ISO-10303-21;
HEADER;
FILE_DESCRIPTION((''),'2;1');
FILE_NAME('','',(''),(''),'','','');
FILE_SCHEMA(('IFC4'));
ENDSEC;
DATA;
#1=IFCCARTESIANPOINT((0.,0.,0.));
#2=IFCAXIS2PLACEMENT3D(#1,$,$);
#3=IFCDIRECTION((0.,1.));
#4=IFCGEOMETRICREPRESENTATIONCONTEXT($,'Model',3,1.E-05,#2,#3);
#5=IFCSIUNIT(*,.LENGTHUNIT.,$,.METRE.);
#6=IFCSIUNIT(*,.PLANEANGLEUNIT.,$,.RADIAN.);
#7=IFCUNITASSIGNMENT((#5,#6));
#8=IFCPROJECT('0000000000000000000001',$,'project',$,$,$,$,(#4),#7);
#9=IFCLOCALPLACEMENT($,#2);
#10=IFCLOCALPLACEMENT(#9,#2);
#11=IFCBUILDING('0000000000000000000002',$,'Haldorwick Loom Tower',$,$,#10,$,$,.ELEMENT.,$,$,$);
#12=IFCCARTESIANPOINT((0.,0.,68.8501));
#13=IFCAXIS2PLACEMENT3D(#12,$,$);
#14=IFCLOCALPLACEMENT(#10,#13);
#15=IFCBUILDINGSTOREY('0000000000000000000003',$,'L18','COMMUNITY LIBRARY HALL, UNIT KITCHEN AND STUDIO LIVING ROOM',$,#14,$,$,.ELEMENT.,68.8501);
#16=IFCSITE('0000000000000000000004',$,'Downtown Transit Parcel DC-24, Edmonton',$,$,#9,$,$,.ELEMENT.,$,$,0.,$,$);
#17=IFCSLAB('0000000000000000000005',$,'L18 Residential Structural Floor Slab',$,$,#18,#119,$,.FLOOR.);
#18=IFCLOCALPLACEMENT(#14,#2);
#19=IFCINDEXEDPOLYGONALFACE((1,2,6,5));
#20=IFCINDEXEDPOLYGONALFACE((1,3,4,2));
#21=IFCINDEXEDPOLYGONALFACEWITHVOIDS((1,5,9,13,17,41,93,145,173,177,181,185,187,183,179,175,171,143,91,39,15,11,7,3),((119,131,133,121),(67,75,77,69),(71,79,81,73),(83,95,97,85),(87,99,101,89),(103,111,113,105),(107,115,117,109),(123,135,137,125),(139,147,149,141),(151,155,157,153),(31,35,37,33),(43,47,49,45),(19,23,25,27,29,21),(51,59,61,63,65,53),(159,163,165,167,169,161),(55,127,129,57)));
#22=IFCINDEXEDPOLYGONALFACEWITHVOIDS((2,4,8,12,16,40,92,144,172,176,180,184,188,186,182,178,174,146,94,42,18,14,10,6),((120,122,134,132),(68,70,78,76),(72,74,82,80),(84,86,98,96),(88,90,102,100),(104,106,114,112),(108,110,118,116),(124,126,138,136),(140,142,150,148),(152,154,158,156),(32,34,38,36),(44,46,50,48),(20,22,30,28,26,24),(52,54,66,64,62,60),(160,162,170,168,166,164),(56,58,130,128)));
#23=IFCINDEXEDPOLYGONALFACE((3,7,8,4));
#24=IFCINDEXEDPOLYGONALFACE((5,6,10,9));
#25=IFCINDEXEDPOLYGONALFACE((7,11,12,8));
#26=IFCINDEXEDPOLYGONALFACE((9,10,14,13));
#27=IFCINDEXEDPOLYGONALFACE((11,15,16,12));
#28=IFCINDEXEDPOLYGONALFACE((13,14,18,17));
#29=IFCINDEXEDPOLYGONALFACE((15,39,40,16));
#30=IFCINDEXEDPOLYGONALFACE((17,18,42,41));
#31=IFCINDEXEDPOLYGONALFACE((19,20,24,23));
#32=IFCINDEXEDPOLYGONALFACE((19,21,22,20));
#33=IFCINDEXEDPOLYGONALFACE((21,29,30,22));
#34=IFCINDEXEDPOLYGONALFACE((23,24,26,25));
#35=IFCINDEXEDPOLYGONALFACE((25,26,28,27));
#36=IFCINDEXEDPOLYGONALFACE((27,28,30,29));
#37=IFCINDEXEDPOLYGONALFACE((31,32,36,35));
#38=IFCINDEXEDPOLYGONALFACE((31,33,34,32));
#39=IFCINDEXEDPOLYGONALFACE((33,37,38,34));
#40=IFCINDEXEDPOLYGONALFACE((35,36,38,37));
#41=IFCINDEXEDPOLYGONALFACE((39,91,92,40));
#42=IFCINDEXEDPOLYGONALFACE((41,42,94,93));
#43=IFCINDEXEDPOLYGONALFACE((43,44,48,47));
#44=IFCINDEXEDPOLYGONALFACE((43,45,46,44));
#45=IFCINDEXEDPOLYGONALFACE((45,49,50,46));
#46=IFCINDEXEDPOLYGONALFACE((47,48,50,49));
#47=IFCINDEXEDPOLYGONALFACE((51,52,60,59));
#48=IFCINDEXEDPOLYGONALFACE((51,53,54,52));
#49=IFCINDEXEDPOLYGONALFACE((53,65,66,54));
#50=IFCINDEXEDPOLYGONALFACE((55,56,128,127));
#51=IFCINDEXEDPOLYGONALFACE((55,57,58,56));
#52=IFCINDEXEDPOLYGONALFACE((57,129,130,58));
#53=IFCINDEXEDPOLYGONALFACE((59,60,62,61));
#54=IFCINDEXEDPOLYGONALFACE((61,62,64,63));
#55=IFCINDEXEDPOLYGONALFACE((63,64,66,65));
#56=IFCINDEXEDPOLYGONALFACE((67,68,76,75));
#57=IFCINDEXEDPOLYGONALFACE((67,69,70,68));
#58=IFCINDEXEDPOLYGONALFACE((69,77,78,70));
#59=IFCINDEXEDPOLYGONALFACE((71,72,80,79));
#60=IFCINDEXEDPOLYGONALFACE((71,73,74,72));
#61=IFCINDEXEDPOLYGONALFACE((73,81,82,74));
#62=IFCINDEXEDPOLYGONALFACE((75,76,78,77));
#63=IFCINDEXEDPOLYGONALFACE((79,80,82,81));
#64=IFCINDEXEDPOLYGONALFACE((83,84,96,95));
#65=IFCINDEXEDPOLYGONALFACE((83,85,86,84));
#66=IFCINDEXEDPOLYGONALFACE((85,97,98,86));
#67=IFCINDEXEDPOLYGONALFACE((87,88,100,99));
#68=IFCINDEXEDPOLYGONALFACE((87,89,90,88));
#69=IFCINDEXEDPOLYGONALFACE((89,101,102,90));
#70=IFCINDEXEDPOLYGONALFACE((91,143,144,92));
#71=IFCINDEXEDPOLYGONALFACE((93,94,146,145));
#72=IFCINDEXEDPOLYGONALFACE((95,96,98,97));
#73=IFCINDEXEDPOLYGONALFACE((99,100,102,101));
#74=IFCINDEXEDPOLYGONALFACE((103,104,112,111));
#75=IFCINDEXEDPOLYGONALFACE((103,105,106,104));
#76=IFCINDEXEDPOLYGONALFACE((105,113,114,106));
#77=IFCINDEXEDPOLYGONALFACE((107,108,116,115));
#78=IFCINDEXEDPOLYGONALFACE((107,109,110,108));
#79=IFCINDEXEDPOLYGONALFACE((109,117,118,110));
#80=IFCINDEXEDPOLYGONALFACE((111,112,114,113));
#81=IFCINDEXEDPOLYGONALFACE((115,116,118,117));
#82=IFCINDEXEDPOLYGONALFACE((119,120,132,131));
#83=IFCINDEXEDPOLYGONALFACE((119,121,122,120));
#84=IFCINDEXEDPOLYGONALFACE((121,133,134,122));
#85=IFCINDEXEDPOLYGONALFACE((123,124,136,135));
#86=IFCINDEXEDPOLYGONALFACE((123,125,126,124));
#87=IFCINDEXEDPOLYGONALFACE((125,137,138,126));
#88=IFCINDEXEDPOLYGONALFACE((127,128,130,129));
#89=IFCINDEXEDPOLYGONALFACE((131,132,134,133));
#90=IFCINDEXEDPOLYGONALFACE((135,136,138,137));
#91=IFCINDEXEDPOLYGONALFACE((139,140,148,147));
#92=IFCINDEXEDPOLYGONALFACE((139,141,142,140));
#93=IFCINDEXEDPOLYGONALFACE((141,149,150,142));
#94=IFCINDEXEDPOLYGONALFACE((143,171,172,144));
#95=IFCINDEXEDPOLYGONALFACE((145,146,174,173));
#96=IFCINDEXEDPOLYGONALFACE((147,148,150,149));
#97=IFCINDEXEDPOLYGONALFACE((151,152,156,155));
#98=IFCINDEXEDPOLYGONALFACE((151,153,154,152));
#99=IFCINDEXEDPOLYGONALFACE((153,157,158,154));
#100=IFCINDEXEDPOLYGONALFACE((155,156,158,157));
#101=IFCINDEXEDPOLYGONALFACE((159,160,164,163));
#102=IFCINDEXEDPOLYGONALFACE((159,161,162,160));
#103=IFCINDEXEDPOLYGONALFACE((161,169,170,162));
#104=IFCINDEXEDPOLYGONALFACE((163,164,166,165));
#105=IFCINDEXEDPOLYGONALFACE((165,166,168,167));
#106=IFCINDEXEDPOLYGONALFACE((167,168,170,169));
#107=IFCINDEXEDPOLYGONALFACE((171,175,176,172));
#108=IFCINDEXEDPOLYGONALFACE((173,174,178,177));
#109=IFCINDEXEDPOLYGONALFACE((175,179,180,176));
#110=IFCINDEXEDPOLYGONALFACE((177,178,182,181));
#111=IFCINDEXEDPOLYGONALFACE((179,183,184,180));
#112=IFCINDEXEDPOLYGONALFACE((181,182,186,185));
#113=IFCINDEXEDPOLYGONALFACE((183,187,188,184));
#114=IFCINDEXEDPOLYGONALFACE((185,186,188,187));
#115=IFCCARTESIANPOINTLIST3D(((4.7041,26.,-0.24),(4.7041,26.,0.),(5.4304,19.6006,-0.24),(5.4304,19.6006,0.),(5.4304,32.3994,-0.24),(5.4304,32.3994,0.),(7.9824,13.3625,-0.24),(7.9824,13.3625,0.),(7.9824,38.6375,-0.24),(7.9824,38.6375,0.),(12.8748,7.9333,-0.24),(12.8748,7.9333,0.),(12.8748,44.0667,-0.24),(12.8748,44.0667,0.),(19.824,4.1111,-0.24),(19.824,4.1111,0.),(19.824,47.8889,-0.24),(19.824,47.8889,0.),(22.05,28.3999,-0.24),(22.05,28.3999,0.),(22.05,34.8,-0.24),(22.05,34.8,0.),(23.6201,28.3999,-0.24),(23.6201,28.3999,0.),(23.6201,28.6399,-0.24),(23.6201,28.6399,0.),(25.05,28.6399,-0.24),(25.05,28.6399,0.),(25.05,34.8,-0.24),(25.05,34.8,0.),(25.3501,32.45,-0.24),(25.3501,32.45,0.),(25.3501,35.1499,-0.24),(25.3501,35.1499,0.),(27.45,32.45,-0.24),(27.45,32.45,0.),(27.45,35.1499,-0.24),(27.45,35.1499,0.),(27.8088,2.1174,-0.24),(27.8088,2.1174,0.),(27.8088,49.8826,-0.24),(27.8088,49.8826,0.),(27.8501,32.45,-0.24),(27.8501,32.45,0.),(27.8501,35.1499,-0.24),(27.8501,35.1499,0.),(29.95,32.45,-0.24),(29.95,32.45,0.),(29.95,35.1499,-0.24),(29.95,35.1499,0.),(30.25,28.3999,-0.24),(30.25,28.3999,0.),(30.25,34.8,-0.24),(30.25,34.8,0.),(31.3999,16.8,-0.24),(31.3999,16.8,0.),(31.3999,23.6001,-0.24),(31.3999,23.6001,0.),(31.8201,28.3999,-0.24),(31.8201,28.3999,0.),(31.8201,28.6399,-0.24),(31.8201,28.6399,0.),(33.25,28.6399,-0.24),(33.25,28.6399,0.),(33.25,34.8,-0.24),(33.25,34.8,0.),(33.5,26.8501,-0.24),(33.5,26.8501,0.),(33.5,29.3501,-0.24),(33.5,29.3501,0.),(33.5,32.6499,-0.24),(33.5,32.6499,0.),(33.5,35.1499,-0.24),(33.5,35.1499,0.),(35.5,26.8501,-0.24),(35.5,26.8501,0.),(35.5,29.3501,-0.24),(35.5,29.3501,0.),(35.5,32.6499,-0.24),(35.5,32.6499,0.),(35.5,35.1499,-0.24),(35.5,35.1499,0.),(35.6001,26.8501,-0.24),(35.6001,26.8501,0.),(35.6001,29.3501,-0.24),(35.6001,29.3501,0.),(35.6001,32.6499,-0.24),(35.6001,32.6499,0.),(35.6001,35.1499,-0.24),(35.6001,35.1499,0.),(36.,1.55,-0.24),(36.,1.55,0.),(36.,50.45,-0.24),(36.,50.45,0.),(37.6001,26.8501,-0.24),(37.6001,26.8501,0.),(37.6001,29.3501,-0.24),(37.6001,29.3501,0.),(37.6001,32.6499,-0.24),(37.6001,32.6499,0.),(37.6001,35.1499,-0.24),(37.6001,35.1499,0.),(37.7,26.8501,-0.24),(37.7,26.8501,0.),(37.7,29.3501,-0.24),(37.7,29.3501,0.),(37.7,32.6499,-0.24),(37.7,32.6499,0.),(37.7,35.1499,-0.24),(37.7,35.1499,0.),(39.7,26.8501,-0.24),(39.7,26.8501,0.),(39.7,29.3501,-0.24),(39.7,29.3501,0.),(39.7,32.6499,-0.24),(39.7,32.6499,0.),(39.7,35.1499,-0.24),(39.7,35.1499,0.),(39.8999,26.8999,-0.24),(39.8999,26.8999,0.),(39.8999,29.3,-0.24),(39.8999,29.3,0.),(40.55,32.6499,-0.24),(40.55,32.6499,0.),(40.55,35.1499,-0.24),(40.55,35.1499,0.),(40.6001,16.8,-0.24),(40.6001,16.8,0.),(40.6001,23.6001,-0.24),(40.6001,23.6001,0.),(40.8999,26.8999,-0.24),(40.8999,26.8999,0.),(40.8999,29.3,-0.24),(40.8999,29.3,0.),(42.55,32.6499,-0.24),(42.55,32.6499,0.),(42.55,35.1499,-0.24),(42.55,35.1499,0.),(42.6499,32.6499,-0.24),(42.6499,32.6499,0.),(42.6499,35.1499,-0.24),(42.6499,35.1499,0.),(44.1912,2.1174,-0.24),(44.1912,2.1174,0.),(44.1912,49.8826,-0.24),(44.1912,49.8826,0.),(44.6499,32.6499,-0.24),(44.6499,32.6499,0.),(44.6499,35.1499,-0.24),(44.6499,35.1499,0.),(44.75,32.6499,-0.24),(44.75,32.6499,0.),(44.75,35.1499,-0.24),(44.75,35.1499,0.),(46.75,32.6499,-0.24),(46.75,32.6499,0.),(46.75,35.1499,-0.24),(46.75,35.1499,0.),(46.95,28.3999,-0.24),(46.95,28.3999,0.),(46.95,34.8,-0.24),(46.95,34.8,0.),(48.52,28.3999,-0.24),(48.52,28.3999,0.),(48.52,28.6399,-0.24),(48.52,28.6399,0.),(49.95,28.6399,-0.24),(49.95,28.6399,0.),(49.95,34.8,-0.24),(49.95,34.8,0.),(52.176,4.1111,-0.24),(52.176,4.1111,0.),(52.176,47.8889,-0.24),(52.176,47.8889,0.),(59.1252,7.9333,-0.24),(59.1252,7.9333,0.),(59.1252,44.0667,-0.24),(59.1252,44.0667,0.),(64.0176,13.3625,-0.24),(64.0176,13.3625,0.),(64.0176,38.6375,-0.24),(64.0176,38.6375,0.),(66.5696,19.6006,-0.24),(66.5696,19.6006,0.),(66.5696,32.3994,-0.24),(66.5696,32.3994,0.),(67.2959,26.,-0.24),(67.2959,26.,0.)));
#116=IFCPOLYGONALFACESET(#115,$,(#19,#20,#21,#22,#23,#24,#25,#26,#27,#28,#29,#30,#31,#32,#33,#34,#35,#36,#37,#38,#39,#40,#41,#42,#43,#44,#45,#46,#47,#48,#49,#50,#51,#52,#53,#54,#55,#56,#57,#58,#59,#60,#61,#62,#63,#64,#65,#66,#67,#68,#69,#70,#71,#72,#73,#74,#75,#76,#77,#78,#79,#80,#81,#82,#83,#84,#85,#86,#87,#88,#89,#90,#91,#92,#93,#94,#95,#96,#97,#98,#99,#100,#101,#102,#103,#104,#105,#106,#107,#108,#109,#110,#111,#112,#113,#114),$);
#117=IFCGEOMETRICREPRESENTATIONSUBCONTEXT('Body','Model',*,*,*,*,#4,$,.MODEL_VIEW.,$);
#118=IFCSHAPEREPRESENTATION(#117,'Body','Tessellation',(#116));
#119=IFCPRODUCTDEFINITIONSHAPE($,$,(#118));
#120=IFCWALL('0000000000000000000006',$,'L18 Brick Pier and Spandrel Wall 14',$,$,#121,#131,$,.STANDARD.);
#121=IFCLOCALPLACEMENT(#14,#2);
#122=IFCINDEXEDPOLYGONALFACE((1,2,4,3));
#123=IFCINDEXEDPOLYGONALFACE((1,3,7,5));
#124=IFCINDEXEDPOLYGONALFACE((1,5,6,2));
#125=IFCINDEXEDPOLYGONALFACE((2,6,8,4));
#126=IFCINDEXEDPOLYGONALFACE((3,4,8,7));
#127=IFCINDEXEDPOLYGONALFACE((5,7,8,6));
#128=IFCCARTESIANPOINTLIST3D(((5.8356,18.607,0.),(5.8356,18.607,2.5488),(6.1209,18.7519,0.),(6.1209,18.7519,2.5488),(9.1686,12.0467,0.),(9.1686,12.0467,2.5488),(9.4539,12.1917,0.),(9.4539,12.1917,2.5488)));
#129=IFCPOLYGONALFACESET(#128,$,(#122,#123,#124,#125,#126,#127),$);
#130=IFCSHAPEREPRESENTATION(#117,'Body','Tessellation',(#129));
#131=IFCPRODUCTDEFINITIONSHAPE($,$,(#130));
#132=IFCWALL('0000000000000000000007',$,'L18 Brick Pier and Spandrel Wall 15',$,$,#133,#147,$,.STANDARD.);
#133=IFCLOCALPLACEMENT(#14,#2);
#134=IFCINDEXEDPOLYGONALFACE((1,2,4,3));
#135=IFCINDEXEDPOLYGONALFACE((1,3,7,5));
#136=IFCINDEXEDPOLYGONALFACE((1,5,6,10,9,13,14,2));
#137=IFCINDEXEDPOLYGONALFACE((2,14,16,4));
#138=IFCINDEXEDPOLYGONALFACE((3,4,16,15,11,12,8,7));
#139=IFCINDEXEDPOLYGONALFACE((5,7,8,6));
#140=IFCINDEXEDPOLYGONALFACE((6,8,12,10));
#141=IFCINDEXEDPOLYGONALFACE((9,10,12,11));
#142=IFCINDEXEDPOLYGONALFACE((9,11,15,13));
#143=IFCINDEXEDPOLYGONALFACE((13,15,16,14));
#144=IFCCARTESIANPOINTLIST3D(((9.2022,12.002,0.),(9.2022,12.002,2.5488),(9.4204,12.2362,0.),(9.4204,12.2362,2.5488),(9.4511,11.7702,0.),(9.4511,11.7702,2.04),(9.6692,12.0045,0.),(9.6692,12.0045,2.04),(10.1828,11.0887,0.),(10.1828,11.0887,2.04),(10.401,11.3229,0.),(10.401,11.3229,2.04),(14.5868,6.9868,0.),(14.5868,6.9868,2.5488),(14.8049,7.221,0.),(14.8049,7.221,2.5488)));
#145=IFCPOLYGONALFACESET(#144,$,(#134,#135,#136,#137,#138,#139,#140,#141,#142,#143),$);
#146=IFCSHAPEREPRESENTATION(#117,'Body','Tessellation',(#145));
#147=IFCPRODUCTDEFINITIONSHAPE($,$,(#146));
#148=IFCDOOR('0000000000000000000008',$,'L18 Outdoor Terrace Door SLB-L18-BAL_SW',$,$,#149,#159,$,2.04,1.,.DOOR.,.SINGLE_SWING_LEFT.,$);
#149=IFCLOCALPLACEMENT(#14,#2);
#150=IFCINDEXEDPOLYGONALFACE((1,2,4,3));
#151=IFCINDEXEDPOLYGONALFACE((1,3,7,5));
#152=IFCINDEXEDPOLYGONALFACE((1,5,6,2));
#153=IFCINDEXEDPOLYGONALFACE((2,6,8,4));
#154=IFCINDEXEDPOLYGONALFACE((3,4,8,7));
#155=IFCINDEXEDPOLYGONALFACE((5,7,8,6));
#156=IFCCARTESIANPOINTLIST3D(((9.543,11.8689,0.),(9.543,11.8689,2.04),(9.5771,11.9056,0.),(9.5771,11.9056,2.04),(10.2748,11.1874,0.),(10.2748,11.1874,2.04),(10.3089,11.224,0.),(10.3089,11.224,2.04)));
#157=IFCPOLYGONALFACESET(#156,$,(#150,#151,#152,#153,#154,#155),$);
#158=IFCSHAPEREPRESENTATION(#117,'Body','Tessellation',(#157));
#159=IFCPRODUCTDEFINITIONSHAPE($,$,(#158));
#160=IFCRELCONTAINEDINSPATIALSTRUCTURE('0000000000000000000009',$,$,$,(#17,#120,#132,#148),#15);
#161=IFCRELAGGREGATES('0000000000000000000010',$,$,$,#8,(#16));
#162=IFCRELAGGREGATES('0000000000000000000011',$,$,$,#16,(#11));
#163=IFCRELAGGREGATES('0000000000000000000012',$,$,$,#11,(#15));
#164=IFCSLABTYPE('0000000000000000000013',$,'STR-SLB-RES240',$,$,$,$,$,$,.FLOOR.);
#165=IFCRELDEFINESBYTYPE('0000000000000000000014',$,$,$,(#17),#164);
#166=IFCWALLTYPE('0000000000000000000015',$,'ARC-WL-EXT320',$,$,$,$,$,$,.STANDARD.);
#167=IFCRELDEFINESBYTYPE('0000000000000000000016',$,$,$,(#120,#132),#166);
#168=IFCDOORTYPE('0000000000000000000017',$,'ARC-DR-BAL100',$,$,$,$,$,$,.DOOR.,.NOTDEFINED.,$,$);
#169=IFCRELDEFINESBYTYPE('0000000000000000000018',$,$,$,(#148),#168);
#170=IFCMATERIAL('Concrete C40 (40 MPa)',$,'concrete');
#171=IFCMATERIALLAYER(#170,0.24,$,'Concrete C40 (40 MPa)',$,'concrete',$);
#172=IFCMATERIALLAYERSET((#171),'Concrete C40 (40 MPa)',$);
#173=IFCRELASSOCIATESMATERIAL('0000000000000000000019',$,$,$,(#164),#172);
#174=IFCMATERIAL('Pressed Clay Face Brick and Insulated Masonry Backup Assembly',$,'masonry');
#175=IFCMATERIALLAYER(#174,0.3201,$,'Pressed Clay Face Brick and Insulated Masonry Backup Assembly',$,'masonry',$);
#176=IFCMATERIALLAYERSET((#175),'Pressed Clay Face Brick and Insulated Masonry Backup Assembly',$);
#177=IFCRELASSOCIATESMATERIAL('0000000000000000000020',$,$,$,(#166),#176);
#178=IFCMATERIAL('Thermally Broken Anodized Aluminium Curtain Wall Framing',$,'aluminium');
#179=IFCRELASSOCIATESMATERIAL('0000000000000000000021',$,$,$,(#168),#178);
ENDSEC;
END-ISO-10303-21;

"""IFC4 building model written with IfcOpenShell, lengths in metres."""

from ifc_helpers import new_model, si_unit, direction, frame, frame_2d, origin, place, context, subcontext, project, spatial, polyline, rectangle, outline, extrude, material, layer, layer_set, type_object, element, fill, save


model = new_model("IFC4")

# Units and contexts
model_context = context("Model", 3, precision=1e-05, world=origin(), true_north=direction((0.0, 1.0)))
body_context = subcontext(model_context, "Body", "Model", "MODEL_VIEW")
ifc_project = project(units=[si_unit("LENGTHUNIT", "METRE"), si_unit("PLANEANGLEUNIT", "RADIAN")], contexts=[model_context])

# Site, building, storey
site_placement = place(None, origin())
site = spatial("IfcSite", under=ifc_project, at=site_placement, Name="Downtown Transit Parcel DC-24, Edmonton", CompositionType="ELEMENT", RefElevation=0.0)
building_placement = place(site_placement, origin())
building = spatial("IfcBuilding", under=site, at=building_placement, Name="Haldorwick Loom Tower", CompositionType="ELEMENT")
storey_placement = place(building_placement, frame((0.0, 0.0, 68.8501)))
storey = spatial("IfcBuildingStorey", under=building, at=storey_placement, Name="L18", Description="COMMUNITY LIBRARY HALL, UNIT KITCHEN AND STUDIO LIVING ROOM", CompositionType="ELEMENT", Elevation=68.8501)

# Shared definitions
ifc_material_1 = material(Name="Concrete C40 (40 MPa)", Category="concrete")

# Slab
ifc_layer_1 = layer(ifc_material_1, 0.24, Name="Concrete C40 (40 MPa)", Category="concrete")
ifc_layer_set_1 = layer_set([ifc_layer_1], Name="Concrete C40 (40 MPa)")
slab_type_1 = type_object("IfcSlabType", Name="STR-SLB-RES240", PredefinedType="FLOOR", material=ifc_layer_set_1)
slab_1_placement = place(storey_placement, frame((0.0, 0.0, -0.24)))
element("IfcSlab", 1, at=slab_1_placement, inside=storey, type_object=slab_type_1, Name="L18 Residential Structural Floor Slab", PredefinedType="FLOOR", context=body_context, shape_type="SweptSolid", body=[
    extrude(outline(polyline([(59.1252, 7.9333), (64.0176, 13.3625), (66.5696, 19.6006), (67.2959, 26.0), (66.5696, 32.3994), (64.0176, 38.6375), (59.1252, 44.0667), (52.176, 47.8889), (44.1912, 49.8826), (36.0, 50.45), (27.8088, 49.8826), (19.824, 47.8889), (12.8748, 44.0667), (7.9824, 38.6375), (5.4304, 32.3994), (4.7041, 26.0), (5.4304, 19.6006), (7.9824, 13.3625), (12.8748, 7.9333), (19.824, 4.1111), (27.8088, 2.1174), (36.0, 1.55), (44.1912, 2.1174), (52.176, 4.1111), (59.1252, 7.9333)]), holes=[polyline([(31.3999, 23.6001), (40.6001, 23.6001), (40.6001, 16.8), (31.3999, 16.8), (31.3999, 23.6001)]), polyline([(33.5, 26.8501), (33.5, 29.3501), (35.5, 29.3501), (35.5, 26.8501), (33.5, 26.8501)]), polyline([(22.05, 28.3999), (22.05, 34.8), (25.05, 34.8), (25.05, 28.6399), (23.6201, 28.6399), (23.6201, 28.3999), (22.05, 28.3999)]), polyline([(30.25, 28.3999), (30.25, 34.8), (33.25, 34.8), (33.25, 28.6399), (31.8201, 28.6399), (31.8201, 28.3999), (30.25, 28.3999)]), polyline([(25.3501, 32.45), (25.3501, 35.1499), (27.45, 35.1499), (27.45, 32.45), (25.3501, 32.45)]), polyline([(27.8501, 32.45), (27.8501, 35.1499), (29.95, 35.1499), (29.95, 32.45), (27.8501, 32.45)]), polyline([(33.5, 32.6499), (33.5, 35.1499), (35.5, 35.1499), (35.5, 32.6499), (33.5, 32.6499)]), polyline([(35.6001, 32.6499), (35.6001, 35.1499), (37.6001, 35.1499), (37.6001, 32.6499), (35.6001, 32.6499)]), polyline([(35.6001, 26.8501), (35.6001, 29.3501), (37.6001, 29.3501), (37.6001, 26.8501), (35.6001, 26.8501)]), polyline([(37.7, 26.8501), (37.7, 29.3501), (39.7, 29.3501), (39.7, 26.8501), (37.7, 26.8501)]), polyline([(39.8999, 26.8999), (39.8999, 29.3), (40.8999, 29.3), (40.8999, 26.8999), (39.8999, 26.8999)]), polyline([(46.95, 28.3999), (46.95, 34.8), (49.95, 34.8), (49.95, 28.6399), (48.52, 28.6399), (48.52, 28.3999), (46.95, 28.3999)]), polyline([(37.7, 32.6499), (37.7, 35.1499), (39.7, 35.1499), (39.7, 32.6499), (37.7, 32.6499)]), polyline([(40.55, 32.6499), (40.55, 35.1499), (42.55, 35.1499), (42.55, 32.6499), (40.55, 32.6499)]), polyline([(42.6499, 32.6499), (42.6499, 35.1499), (44.6499, 35.1499), (44.6499, 32.6499), (42.6499, 32.6499)]), polyline([(44.75, 32.6499), (44.75, 35.1499), (46.75, 35.1499), (46.75, 32.6499), (44.75, 32.6499)])]), origin(), (0.0, 0.0, 1.0), 0.24),
])

# Wall
ifc_material_2 = material(Name="Pressed Clay Face Brick and Insulated Masonry Backup Assembly", Category="masonry")
ifc_layer_2 = layer(ifc_material_2, 0.3201, Name="Pressed Clay Face Brick and Insulated Masonry Backup Assembly", Category="masonry")
ifc_layer_set_2 = layer_set([ifc_layer_2], Name="Pressed Clay Face Brick and Insulated Masonry Backup Assembly")
wall_type_1 = type_object("IfcWallType", Name="ARC-WL-EXT320", PredefinedType="STANDARD", material=ifc_layer_set_2)
wall_1_placement = place(storey_placement, frame((5.9783, 18.6794, 0.0), z_axis=(0.0, 0.0, 1.0), x_axis=(0.452951, -0.891535, 0.0)))
element("IfcWall", 2, at=wall_1_placement, inside=storey, type_object=wall_type_1, Name="L18 Brick Pier and Spandrel Wall 14", PredefinedType="STANDARD", context=body_context, shape_type="SweptSolid", body=[
    extrude(rectangle(XDim=7.3584, YDim=0.3201, at=frame_2d((3.6792, 0.0))), origin(), (0.0, 0.0, 1.0), 2.5488),
])

# Wall, opening, door
wall_2_placement = place(storey_placement, frame((9.3113, 12.1191, 0.0), z_axis=(0.0, 0.0, 1.0), x_axis=(0.731761, -0.681561, 0.0)))
wall_2 = element("IfcWall", 3, at=wall_2_placement, inside=storey, type_object=wall_type_1, Name="L18 Brick Pier and Spandrel Wall 15", PredefinedType="STANDARD", context=body_context, shape_type="SweptSolid", body=[
    extrude(rectangle(XDim=7.3584, YDim=0.3201, at=frame_2d((3.6792, 0.0))), origin(), (0.0, 0.0, 1.0), 2.5488),
])
opening_1_placement = place(wall_2_placement, frame((0.3401, 0.0, 0.0)))
opening_1 = element("IfcOpeningElement", 4, at=opening_1_placement, cuts=wall_2, PredefinedType="OPENING", context=body_context, shape_type="SweptSolid", body=[
    extrude(rectangle(XDim=1.0, YDim=2.04, at=frame_2d((0.5, 1.02))), frame((0.0, 0.1699, 0.0), z_axis=(0.0, -1.0, 0.0), x_axis=(1.0, 0.0, 0.0)), (0.0, 0.0, 1.0), 0.3401),
])
ifc_material_3 = material(Name="Thermally Broken Anodized Aluminium Curtain Wall Framing", Category="aluminium")
door_type_1 = type_object("IfcDoorType", Name="ARC-DR-BAL100", OperationType="NOTDEFINED", PredefinedType="DOOR", material=ifc_material_3)
door_1_placement = place(opening_1_placement, origin())
door_1 = element("IfcDoor", 5, at=door_1_placement, inside=storey, type_object=door_type_1, Name="L18 Outdoor Terrace Door SLB-L18-BAL_SW", OperationType="SINGLE_SWING_LEFT", OverallHeight=2.04, OverallWidth=1.0, PredefinedType="DOOR", context=body_context, shape_type="SweptSolid", body=[
    extrude(rectangle(XDim=1.0, YDim=2.04, at=frame_2d((0.5, 1.02))), frame((0.0, 0.0249, 0.0), z_axis=(0.0, -1.0, 0.0), x_axis=(1.0, 0.0, 0.0)), (0.0, 0.0, 1.0), 0.05),
])
fill(opening_1, door_1)

save(model, "model.ifc")
